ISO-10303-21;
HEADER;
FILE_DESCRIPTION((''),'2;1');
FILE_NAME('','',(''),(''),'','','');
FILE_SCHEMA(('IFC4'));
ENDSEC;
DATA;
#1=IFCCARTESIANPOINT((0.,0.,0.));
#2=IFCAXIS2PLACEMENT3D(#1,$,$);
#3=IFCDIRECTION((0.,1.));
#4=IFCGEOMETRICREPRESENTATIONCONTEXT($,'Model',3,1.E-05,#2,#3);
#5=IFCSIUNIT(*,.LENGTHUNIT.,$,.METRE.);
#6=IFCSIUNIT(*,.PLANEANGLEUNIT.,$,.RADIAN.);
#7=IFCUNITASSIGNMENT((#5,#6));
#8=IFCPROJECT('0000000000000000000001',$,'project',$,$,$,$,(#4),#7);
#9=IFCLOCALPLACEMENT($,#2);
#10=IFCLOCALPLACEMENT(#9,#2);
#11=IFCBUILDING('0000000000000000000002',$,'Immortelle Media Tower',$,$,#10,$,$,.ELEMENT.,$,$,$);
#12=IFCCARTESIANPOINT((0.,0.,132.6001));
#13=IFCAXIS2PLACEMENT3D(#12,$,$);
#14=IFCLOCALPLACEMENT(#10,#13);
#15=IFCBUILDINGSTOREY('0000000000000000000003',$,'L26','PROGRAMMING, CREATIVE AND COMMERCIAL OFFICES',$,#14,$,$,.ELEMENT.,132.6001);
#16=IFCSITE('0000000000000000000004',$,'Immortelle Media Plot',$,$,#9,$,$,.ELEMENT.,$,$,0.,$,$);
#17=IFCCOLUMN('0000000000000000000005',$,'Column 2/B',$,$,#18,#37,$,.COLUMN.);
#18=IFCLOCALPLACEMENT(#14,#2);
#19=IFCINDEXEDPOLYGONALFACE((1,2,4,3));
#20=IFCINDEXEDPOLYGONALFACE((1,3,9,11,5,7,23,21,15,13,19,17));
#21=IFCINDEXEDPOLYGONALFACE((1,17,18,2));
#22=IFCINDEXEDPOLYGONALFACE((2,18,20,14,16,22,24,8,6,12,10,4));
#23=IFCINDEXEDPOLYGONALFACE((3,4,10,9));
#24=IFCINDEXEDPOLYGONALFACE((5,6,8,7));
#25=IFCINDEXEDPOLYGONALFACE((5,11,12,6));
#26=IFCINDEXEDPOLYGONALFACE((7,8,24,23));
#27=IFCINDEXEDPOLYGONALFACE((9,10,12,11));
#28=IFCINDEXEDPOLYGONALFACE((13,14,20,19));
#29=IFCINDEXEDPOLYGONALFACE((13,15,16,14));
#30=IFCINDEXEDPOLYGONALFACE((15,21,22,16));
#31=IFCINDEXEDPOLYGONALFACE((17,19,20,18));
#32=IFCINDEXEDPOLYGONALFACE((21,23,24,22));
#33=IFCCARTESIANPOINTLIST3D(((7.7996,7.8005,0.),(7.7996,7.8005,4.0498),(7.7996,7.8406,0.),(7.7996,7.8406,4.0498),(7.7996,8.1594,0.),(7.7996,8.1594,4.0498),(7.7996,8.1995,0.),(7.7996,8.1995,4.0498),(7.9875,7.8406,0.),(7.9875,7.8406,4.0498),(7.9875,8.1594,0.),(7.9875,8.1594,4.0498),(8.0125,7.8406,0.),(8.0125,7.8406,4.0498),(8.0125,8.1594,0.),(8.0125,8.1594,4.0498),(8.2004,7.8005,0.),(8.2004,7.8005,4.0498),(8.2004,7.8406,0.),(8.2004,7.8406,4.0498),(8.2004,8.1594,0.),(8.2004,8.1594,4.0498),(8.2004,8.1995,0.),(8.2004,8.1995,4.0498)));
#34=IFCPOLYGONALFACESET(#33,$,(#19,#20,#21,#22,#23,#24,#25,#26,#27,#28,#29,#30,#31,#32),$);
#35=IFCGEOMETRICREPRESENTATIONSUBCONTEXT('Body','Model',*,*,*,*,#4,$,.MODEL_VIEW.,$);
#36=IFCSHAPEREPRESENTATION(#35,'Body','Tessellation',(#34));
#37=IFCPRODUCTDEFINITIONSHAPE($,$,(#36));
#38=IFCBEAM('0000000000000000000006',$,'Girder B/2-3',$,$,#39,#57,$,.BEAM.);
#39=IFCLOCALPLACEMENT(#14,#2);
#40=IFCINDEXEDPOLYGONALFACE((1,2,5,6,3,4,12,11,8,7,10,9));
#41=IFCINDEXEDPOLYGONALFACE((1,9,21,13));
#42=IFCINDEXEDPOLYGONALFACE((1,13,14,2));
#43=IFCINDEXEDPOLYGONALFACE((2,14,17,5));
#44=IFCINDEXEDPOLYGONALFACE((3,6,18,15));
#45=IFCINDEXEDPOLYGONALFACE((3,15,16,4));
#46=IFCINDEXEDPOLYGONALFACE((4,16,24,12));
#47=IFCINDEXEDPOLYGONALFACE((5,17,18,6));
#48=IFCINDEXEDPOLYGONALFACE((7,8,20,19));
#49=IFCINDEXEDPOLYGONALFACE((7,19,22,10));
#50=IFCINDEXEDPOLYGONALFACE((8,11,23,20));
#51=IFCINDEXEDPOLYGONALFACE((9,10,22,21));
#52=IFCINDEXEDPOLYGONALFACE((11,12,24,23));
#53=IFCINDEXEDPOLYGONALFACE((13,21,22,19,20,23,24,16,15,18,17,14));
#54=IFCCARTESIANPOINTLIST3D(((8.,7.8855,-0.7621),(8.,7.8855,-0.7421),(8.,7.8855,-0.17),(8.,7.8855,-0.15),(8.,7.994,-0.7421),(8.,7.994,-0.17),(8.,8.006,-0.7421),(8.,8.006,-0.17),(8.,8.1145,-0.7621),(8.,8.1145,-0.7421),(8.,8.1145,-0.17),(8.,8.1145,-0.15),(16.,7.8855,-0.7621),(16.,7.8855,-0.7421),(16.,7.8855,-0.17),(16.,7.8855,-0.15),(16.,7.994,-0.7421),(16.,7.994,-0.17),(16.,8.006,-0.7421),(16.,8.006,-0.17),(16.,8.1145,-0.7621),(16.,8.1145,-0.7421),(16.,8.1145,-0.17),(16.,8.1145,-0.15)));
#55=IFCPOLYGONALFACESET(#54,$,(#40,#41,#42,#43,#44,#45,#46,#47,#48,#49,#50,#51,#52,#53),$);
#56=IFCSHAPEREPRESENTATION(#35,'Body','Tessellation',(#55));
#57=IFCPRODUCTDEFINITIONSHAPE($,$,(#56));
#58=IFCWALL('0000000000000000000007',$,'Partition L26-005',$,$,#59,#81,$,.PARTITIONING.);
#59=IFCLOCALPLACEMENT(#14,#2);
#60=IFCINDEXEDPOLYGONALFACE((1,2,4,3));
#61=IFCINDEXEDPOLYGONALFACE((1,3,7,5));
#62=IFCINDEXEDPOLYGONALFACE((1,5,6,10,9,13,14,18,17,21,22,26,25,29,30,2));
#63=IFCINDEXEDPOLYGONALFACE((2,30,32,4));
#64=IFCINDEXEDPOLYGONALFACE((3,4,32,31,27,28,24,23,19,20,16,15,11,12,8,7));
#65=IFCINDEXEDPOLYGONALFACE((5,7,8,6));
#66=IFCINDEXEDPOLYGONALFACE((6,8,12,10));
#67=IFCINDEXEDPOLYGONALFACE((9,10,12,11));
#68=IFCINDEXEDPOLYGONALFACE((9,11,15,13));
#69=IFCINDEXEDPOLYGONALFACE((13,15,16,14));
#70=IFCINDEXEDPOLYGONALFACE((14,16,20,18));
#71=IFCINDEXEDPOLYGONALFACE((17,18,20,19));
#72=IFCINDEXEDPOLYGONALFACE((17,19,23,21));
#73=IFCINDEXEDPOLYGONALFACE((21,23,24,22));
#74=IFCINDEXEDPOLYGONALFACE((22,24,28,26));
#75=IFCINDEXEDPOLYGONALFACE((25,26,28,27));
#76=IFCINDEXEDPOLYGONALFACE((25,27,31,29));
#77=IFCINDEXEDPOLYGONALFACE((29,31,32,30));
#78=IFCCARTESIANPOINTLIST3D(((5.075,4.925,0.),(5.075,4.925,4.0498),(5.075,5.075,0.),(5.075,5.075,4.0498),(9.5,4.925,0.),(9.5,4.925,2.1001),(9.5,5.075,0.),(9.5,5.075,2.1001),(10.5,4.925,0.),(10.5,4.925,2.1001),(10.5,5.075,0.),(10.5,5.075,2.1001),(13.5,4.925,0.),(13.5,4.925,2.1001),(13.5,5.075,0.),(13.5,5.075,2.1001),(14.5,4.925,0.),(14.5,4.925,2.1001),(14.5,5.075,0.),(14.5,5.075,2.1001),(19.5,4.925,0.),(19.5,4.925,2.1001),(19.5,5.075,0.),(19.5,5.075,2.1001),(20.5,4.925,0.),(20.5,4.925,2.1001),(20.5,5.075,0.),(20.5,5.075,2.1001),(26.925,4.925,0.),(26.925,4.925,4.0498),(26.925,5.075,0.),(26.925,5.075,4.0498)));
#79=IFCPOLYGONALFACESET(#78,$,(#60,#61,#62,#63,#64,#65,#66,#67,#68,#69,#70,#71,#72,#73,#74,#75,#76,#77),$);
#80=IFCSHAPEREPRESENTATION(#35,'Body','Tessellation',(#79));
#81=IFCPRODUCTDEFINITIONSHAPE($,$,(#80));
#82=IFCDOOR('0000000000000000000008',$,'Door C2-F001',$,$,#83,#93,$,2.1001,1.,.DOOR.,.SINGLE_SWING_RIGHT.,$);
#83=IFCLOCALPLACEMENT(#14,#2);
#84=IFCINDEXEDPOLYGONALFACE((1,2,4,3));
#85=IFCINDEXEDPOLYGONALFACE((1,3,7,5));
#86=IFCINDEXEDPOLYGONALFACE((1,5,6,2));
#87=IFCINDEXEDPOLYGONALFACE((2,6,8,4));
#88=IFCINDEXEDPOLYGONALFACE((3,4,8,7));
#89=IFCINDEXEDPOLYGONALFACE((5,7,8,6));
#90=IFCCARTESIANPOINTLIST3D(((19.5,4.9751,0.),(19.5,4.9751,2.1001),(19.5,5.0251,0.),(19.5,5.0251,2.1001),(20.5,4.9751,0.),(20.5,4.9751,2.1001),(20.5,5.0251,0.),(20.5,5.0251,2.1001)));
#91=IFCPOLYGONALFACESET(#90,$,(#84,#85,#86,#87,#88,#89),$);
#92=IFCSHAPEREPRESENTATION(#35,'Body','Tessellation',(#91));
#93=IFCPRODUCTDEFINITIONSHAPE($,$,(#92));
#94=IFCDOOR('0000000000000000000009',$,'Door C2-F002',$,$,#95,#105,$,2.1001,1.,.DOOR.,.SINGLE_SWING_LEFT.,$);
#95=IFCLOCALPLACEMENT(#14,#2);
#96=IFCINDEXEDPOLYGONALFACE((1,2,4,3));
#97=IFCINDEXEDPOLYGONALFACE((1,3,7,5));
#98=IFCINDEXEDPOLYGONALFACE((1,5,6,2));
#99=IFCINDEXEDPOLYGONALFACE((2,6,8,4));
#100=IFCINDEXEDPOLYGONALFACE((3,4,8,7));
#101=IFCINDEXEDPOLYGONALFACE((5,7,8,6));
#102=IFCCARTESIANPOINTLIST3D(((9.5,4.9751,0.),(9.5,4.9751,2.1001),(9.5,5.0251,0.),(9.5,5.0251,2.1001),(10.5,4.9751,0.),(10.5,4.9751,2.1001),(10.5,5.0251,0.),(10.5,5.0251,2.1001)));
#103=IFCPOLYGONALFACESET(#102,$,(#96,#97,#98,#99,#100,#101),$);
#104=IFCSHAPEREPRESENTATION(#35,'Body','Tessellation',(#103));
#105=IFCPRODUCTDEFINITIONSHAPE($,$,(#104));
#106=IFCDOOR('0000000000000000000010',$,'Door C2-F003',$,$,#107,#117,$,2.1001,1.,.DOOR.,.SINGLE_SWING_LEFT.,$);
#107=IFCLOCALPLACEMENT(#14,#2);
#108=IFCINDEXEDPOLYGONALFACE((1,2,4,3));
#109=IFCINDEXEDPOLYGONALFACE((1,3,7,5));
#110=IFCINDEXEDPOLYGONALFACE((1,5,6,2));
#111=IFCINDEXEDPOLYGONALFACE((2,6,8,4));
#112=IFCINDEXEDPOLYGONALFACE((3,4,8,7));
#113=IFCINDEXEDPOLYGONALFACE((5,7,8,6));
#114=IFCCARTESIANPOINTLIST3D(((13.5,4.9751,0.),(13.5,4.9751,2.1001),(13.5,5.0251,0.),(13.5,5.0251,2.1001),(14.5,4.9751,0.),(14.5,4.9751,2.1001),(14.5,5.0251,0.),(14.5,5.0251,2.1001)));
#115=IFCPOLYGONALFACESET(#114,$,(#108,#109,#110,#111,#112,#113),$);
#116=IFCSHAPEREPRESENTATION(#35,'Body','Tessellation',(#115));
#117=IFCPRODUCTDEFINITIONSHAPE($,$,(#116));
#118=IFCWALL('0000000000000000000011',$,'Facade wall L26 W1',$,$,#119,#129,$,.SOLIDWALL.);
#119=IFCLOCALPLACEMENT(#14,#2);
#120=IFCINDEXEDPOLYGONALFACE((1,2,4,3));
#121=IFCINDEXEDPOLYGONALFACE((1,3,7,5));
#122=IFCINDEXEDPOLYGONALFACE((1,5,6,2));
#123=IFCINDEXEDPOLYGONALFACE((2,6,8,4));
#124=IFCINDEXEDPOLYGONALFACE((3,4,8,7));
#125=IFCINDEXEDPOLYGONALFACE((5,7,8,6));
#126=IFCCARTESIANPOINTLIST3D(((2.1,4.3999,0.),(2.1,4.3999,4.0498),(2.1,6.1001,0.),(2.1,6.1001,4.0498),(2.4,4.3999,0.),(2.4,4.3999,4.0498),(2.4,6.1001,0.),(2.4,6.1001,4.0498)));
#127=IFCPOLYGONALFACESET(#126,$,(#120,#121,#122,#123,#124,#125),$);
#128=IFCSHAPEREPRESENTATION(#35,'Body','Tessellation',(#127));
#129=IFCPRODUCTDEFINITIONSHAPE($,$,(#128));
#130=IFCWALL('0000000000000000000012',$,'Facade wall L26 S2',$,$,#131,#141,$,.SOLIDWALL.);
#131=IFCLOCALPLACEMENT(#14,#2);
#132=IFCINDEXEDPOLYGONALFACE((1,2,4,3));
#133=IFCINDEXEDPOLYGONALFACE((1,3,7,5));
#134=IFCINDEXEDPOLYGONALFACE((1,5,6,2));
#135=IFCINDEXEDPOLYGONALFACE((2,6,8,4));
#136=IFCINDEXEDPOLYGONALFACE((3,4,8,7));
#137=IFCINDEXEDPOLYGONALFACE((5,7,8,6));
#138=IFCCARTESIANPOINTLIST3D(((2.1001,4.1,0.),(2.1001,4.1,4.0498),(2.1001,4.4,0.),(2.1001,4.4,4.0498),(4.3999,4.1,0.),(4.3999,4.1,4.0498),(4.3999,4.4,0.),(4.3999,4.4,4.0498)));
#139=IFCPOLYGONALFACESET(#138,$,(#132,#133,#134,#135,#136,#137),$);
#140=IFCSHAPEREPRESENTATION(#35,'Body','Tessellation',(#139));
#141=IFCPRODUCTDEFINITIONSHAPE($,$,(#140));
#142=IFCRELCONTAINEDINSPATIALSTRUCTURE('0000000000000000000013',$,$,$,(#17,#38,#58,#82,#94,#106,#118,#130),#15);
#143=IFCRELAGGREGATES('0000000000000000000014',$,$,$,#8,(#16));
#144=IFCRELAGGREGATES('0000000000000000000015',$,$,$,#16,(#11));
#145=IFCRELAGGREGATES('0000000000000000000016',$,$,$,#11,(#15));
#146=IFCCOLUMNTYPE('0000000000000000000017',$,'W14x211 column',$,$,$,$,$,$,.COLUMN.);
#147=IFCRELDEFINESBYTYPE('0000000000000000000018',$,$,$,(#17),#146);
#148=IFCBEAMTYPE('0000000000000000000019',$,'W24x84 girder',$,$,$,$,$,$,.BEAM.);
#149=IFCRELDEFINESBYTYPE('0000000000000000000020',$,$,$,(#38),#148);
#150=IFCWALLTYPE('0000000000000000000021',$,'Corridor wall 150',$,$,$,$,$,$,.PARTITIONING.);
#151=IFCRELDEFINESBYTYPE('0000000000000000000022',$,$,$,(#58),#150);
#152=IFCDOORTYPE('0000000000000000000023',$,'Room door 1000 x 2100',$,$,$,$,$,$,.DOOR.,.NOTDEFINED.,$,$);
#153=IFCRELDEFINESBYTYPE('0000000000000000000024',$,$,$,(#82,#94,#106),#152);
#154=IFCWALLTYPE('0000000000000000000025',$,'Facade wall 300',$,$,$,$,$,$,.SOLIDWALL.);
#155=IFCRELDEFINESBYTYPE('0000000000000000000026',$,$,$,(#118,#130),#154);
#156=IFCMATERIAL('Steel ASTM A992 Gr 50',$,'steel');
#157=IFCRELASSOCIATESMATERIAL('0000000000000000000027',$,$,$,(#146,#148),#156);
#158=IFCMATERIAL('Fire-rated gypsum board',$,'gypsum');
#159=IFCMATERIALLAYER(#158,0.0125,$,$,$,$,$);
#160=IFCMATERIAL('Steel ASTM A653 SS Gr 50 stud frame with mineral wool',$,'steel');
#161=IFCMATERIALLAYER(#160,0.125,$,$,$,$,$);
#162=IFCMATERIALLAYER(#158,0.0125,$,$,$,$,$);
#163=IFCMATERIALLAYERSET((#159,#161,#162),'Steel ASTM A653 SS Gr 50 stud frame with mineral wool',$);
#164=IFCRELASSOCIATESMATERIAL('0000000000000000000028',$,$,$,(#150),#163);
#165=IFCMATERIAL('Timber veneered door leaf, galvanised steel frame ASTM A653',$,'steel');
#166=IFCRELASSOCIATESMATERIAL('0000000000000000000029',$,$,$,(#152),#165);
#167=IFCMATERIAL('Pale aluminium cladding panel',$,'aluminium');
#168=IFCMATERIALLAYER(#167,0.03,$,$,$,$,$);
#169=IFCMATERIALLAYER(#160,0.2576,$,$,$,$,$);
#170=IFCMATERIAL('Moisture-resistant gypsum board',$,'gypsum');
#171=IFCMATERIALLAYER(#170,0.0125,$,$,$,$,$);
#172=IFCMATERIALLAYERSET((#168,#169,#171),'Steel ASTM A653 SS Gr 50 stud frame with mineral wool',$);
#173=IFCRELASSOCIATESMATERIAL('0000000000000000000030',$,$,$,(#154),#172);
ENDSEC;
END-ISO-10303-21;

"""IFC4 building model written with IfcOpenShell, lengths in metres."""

from ifc_helpers import new_model, si_unit, direction, frame, frame_2d, origin, origin_2d, place, context, subcontext, project, spatial, rectangle, i_section, extrude, material, layer, layer_set, material_profile, profile_set, type_object, element, fill, save


model = new_model("IFC4")

# Units and contexts
model_context = context("Model", 3, precision=1e-05, world=origin(), true_north=direction((0.0, 1.0)))
body_context = subcontext(model_context, "Body", "Model", "MODEL_VIEW")
ifc_project = project(units=[si_unit("LENGTHUNIT", "METRE"), si_unit("PLANEANGLEUNIT", "RADIAN")], contexts=[model_context])

# Site, building, storey
site_placement = place(None, origin())
site = spatial("IfcSite", under=ifc_project, at=site_placement, Name="Immortelle Media Plot", CompositionType="ELEMENT", RefElevation=0.0)
building_placement = place(site_placement, origin())
building = spatial("IfcBuilding", under=site, at=building_placement, Name="Immortelle Media Tower", CompositionType="ELEMENT")
storey_placement = place(building_placement, frame((0.0, 0.0, 132.6001)))
storey = spatial("IfcBuildingStorey", under=building, at=storey_placement, Name="L26", Description="PROGRAMMING, CREATIVE AND COMMERCIAL OFFICES", CompositionType="ELEMENT", Elevation=132.6001)

# Column
ifc_material_1 = material(Name="Steel ASTM A992 Gr 50", Category="steel")
ifc_material_profile_1 = material_profile(ifc_material_1, i_section(OverallWidth=0.4009, OverallDepth=0.3989, WebThickness=0.0249, FlangeThickness=0.04, at=origin_2d()), Name="W14x211")
ifc_profile_set_1 = profile_set([ifc_material_profile_1], Name="Steel ASTM A992 Gr 50")
column_type = type_object("IfcColumnType", Name="W14x211 column", PredefinedType="COLUMN", material=ifc_profile_set_1)
column_placement = place(storey_placement, frame((8.0, 8.0, 0.0), z_axis=(0.0, 0.0, 1.0), x_axis=(1.0, 0.0, 0.0)))
element("IfcColumn", 1, at=column_placement, inside=storey, type_object=column_type, Name="Column 2/B", PredefinedType="COLUMN", context=body_context, shape_type="SweptSolid", body=[
    extrude(i_section(OverallWidth=0.4009, OverallDepth=0.3989, WebThickness=0.0249, FlangeThickness=0.04, at=origin_2d()), origin(), (0.0, 0.0, 1.0), 4.0498),
])

# Beam
ifc_material_profile_2 = material_profile(ifc_material_1, i_section(OverallWidth=0.229, OverallDepth=0.6121, WebThickness=0.012, FlangeThickness=0.02, at=origin_2d()), Name="W24x84")
ifc_profile_set_2 = profile_set([ifc_material_profile_2], Name="Steel ASTM A992 Gr 50")
beam_type = type_object("IfcBeamType", Name="W24x84 girder", PredefinedType="BEAM", material=ifc_profile_set_2)
beam_placement = place(storey_placement, frame((8.0, 8.0, -0.4561), z_axis=(1.0, 0.0, 0.0), x_axis=(0.0, 1.0, 0.0)))
element("IfcBeam", 2, at=beam_placement, inside=storey, type_object=beam_type, Name="Girder B/2-3", PredefinedType="BEAM", context=body_context, shape_type="SweptSolid", body=[
    extrude(i_section(OverallWidth=0.229, OverallDepth=0.6121, WebThickness=0.012, FlangeThickness=0.02, at=origin_2d()), origin(), (0.0, 0.0, 1.0), 8.0),
])

# Wall, openings, doors
ifc_material_2 = material(Name="Fire-rated gypsum board", Category="gypsum")
ifc_layer_1 = layer(ifc_material_2, 0.0125)
ifc_material_3 = material(Name="Steel ASTM A653 SS Gr 50 stud frame with mineral wool", Category="steel")
ifc_layer_2 = layer(ifc_material_3, 0.125)
ifc_layer_3 = layer(ifc_material_2, 0.0125)
ifc_layer_set_1 = layer_set([ifc_layer_1, ifc_layer_2, ifc_layer_3], Name="Steel ASTM A653 SS Gr 50 stud frame with mineral wool")
wall_type_1 = type_object("IfcWallType", Name="Corridor wall 150", PredefinedType="PARTITIONING", material=ifc_layer_set_1)
wall_1_placement = place(storey_placement, frame((5.075, 5.0, 0.0), z_axis=(0.0, 0.0, 1.0), x_axis=(1.0, 0.0, 0.0)))
wall_1 = element("IfcWall", 3, at=wall_1_placement, inside=storey, type_object=wall_type_1, Name="Partition L26-005", PredefinedType="PARTITIONING", context=body_context, shape_type="SweptSolid", body=[
    extrude(rectangle(XDim=21.8501, YDim=0.1499, at=frame_2d((10.925, 0.0))), origin(), (0.0, 0.0, 1.0), 4.0498),
])
opening_1_placement = place(wall_1_placement, frame((15.425, 0.0, 0.0), z_axis=(0.0, 0.0, 1.0), x_axis=(-1.0, 0.0, 0.0)))
opening_1 = element("IfcOpeningElement", 4, at=opening_1_placement, cuts=wall_1, PredefinedType="OPENING", context=body_context, shape_type="SweptSolid", body=[
    extrude(rectangle(XDim=1.0, YDim=2.1001, at=frame_2d((0.5, 1.05))), frame((0.0, 0.085, 0.0), z_axis=(0.0, -1.0, 0.0), x_axis=(1.0, 0.0, 0.0)), (0.0, 0.0, 1.0), 0.1699),
])
opening_2_placement = place(wall_1_placement, frame((5.425, 0.0, 0.0), z_axis=(0.0, 0.0, 1.0), x_axis=(-1.0, 0.0, 0.0)))
opening_2 = element("IfcOpeningElement", 5, at=opening_2_placement, cuts=wall_1, PredefinedType="OPENING", context=body_context, shape_type="SweptSolid", body=[
    extrude(rectangle(XDim=1.0, YDim=2.1001, at=frame_2d((0.5, 1.05))), frame((0.0, 0.085, 0.0), z_axis=(0.0, -1.0, 0.0), x_axis=(1.0, 0.0, 0.0)), (0.0, 0.0, 1.0), 0.1699),
])
opening_3_placement = place(wall_1_placement, frame((9.425, 0.0, 0.0), z_axis=(0.0, 0.0, 1.0), x_axis=(-1.0, 0.0, 0.0)))
opening_3 = element("IfcOpeningElement", 6, at=opening_3_placement, cuts=wall_1, PredefinedType="OPENING", context=body_context, shape_type="SweptSolid", body=[
    extrude(rectangle(XDim=1.0, YDim=2.1001, at=frame_2d((0.5, 1.05))), frame((0.0, 0.085, 0.0), z_axis=(0.0, -1.0, 0.0), x_axis=(1.0, 0.0, 0.0)), (0.0, 0.0, 1.0), 0.1699),
])
ifc_material_4 = material(Name="Timber veneered door leaf, galvanised steel frame ASTM A653", Category="steel")
door_type_1 = type_object("IfcDoorType", Name="Room door 1000 x 2100", OperationType="NOTDEFINED", PredefinedType="DOOR", material=ifc_material_4)
door_1_placement = place(opening_1_placement, origin())
door_1 = element("IfcDoor", 7, at=door_1_placement, inside=storey, type_object=door_type_1, Name="Door C2-F001", OperationType="SINGLE_SWING_RIGHT", OverallHeight=2.1001, OverallWidth=1.0, PredefinedType="DOOR", context=body_context, shape_type="SweptSolid", body=[
    extrude(rectangle(XDim=1.0, YDim=2.1001, at=frame_2d((0.5, 1.05))), frame((0.0, 0.0249, 0.0), z_axis=(0.0, -1.0, 0.0), x_axis=(1.0, 0.0, 0.0)), (0.0, 0.0, 1.0), 0.05),
])
fill(opening_1, door_1)
door_2_placement = place(opening_2_placement, origin())
door_2 = element("IfcDoor", 8, at=door_2_placement, inside=storey, type_object=door_type_1, Name="Door C2-F002", OperationType="SINGLE_SWING_LEFT", OverallHeight=2.1001, OverallWidth=1.0, PredefinedType="DOOR", context=body_context, shape_type="SweptSolid", body=[
    extrude(rectangle(XDim=1.0, YDim=2.1001, at=frame_2d((0.5, 1.05))), frame((0.0, 0.0249, 0.0), z_axis=(0.0, -1.0, 0.0), x_axis=(1.0, 0.0, 0.0)), (0.0, 0.0, 1.0), 0.05),
])
fill(opening_2, door_2)
door_3_placement = place(opening_3_placement, origin())
door_3 = element("IfcDoor", 9, at=door_3_placement, inside=storey, type_object=door_type_1, Name="Door C2-F003", OperationType="SINGLE_SWING_LEFT", OverallHeight=2.1001, OverallWidth=1.0, PredefinedType="DOOR", context=body_context, shape_type="SweptSolid", body=[
    extrude(rectangle(XDim=1.0, YDim=2.1001, at=frame_2d((0.5, 1.05))), frame((0.0, 0.0249, 0.0), z_axis=(0.0, -1.0, 0.0), x_axis=(1.0, 0.0, 0.0)), (0.0, 0.0, 1.0), 0.05),
])
fill(opening_3, door_3)

# Walls
ifc_material_5 = material(Name="Pale aluminium cladding panel", Category="aluminium")
ifc_layer_4 = layer(ifc_material_5, 0.03)
ifc_layer_5 = layer(ifc_material_3, 0.2576)
ifc_material_6 = material(Name="Moisture-resistant gypsum board", Category="gypsum")
ifc_layer_6 = layer(ifc_material_6, 0.0125)
ifc_layer_set_2 = layer_set([ifc_layer_4, ifc_layer_5, ifc_layer_6], Name="Steel ASTM A653 SS Gr 50 stud frame with mineral wool")
wall_type_2 = type_object("IfcWallType", Name="Facade wall 300", PredefinedType="SOLIDWALL", material=ifc_layer_set_2)
wall_2_placement = place(storey_placement, frame((2.25, 6.1001, 0.0), z_axis=(0.0, 0.0, 1.0), x_axis=(0.0, -1.0, 0.0)))
element("IfcWall", 10, at=wall_2_placement, inside=storey, type_object=wall_type_2, Name="Facade wall L26 W1", PredefinedType="SOLIDWALL", context=body_context, shape_type="SweptSolid", body=[
    extrude(rectangle(XDim=1.7002, YDim=0.3, at=frame_2d((0.8501, 0.0))), origin(), (0.0, 0.0, 1.0), 4.0498),
])
wall_3_placement = place(storey_placement, frame((2.1001, 4.25, 0.0), z_axis=(0.0, 0.0, 1.0), x_axis=(1.0, 0.0, 0.0)))
element("IfcWall", 11, at=wall_3_placement, inside=storey, type_object=wall_type_2, Name="Facade wall L26 S2", PredefinedType="SOLIDWALL", context=body_context, shape_type="SweptSolid", body=[
    extrude(rectangle(XDim=2.2998, YDim=0.3, at=frame_2d((1.1499, 0.0))), origin(), (0.0, 0.0, 1.0), 4.0498),
])

save(model, "model.ifc")
